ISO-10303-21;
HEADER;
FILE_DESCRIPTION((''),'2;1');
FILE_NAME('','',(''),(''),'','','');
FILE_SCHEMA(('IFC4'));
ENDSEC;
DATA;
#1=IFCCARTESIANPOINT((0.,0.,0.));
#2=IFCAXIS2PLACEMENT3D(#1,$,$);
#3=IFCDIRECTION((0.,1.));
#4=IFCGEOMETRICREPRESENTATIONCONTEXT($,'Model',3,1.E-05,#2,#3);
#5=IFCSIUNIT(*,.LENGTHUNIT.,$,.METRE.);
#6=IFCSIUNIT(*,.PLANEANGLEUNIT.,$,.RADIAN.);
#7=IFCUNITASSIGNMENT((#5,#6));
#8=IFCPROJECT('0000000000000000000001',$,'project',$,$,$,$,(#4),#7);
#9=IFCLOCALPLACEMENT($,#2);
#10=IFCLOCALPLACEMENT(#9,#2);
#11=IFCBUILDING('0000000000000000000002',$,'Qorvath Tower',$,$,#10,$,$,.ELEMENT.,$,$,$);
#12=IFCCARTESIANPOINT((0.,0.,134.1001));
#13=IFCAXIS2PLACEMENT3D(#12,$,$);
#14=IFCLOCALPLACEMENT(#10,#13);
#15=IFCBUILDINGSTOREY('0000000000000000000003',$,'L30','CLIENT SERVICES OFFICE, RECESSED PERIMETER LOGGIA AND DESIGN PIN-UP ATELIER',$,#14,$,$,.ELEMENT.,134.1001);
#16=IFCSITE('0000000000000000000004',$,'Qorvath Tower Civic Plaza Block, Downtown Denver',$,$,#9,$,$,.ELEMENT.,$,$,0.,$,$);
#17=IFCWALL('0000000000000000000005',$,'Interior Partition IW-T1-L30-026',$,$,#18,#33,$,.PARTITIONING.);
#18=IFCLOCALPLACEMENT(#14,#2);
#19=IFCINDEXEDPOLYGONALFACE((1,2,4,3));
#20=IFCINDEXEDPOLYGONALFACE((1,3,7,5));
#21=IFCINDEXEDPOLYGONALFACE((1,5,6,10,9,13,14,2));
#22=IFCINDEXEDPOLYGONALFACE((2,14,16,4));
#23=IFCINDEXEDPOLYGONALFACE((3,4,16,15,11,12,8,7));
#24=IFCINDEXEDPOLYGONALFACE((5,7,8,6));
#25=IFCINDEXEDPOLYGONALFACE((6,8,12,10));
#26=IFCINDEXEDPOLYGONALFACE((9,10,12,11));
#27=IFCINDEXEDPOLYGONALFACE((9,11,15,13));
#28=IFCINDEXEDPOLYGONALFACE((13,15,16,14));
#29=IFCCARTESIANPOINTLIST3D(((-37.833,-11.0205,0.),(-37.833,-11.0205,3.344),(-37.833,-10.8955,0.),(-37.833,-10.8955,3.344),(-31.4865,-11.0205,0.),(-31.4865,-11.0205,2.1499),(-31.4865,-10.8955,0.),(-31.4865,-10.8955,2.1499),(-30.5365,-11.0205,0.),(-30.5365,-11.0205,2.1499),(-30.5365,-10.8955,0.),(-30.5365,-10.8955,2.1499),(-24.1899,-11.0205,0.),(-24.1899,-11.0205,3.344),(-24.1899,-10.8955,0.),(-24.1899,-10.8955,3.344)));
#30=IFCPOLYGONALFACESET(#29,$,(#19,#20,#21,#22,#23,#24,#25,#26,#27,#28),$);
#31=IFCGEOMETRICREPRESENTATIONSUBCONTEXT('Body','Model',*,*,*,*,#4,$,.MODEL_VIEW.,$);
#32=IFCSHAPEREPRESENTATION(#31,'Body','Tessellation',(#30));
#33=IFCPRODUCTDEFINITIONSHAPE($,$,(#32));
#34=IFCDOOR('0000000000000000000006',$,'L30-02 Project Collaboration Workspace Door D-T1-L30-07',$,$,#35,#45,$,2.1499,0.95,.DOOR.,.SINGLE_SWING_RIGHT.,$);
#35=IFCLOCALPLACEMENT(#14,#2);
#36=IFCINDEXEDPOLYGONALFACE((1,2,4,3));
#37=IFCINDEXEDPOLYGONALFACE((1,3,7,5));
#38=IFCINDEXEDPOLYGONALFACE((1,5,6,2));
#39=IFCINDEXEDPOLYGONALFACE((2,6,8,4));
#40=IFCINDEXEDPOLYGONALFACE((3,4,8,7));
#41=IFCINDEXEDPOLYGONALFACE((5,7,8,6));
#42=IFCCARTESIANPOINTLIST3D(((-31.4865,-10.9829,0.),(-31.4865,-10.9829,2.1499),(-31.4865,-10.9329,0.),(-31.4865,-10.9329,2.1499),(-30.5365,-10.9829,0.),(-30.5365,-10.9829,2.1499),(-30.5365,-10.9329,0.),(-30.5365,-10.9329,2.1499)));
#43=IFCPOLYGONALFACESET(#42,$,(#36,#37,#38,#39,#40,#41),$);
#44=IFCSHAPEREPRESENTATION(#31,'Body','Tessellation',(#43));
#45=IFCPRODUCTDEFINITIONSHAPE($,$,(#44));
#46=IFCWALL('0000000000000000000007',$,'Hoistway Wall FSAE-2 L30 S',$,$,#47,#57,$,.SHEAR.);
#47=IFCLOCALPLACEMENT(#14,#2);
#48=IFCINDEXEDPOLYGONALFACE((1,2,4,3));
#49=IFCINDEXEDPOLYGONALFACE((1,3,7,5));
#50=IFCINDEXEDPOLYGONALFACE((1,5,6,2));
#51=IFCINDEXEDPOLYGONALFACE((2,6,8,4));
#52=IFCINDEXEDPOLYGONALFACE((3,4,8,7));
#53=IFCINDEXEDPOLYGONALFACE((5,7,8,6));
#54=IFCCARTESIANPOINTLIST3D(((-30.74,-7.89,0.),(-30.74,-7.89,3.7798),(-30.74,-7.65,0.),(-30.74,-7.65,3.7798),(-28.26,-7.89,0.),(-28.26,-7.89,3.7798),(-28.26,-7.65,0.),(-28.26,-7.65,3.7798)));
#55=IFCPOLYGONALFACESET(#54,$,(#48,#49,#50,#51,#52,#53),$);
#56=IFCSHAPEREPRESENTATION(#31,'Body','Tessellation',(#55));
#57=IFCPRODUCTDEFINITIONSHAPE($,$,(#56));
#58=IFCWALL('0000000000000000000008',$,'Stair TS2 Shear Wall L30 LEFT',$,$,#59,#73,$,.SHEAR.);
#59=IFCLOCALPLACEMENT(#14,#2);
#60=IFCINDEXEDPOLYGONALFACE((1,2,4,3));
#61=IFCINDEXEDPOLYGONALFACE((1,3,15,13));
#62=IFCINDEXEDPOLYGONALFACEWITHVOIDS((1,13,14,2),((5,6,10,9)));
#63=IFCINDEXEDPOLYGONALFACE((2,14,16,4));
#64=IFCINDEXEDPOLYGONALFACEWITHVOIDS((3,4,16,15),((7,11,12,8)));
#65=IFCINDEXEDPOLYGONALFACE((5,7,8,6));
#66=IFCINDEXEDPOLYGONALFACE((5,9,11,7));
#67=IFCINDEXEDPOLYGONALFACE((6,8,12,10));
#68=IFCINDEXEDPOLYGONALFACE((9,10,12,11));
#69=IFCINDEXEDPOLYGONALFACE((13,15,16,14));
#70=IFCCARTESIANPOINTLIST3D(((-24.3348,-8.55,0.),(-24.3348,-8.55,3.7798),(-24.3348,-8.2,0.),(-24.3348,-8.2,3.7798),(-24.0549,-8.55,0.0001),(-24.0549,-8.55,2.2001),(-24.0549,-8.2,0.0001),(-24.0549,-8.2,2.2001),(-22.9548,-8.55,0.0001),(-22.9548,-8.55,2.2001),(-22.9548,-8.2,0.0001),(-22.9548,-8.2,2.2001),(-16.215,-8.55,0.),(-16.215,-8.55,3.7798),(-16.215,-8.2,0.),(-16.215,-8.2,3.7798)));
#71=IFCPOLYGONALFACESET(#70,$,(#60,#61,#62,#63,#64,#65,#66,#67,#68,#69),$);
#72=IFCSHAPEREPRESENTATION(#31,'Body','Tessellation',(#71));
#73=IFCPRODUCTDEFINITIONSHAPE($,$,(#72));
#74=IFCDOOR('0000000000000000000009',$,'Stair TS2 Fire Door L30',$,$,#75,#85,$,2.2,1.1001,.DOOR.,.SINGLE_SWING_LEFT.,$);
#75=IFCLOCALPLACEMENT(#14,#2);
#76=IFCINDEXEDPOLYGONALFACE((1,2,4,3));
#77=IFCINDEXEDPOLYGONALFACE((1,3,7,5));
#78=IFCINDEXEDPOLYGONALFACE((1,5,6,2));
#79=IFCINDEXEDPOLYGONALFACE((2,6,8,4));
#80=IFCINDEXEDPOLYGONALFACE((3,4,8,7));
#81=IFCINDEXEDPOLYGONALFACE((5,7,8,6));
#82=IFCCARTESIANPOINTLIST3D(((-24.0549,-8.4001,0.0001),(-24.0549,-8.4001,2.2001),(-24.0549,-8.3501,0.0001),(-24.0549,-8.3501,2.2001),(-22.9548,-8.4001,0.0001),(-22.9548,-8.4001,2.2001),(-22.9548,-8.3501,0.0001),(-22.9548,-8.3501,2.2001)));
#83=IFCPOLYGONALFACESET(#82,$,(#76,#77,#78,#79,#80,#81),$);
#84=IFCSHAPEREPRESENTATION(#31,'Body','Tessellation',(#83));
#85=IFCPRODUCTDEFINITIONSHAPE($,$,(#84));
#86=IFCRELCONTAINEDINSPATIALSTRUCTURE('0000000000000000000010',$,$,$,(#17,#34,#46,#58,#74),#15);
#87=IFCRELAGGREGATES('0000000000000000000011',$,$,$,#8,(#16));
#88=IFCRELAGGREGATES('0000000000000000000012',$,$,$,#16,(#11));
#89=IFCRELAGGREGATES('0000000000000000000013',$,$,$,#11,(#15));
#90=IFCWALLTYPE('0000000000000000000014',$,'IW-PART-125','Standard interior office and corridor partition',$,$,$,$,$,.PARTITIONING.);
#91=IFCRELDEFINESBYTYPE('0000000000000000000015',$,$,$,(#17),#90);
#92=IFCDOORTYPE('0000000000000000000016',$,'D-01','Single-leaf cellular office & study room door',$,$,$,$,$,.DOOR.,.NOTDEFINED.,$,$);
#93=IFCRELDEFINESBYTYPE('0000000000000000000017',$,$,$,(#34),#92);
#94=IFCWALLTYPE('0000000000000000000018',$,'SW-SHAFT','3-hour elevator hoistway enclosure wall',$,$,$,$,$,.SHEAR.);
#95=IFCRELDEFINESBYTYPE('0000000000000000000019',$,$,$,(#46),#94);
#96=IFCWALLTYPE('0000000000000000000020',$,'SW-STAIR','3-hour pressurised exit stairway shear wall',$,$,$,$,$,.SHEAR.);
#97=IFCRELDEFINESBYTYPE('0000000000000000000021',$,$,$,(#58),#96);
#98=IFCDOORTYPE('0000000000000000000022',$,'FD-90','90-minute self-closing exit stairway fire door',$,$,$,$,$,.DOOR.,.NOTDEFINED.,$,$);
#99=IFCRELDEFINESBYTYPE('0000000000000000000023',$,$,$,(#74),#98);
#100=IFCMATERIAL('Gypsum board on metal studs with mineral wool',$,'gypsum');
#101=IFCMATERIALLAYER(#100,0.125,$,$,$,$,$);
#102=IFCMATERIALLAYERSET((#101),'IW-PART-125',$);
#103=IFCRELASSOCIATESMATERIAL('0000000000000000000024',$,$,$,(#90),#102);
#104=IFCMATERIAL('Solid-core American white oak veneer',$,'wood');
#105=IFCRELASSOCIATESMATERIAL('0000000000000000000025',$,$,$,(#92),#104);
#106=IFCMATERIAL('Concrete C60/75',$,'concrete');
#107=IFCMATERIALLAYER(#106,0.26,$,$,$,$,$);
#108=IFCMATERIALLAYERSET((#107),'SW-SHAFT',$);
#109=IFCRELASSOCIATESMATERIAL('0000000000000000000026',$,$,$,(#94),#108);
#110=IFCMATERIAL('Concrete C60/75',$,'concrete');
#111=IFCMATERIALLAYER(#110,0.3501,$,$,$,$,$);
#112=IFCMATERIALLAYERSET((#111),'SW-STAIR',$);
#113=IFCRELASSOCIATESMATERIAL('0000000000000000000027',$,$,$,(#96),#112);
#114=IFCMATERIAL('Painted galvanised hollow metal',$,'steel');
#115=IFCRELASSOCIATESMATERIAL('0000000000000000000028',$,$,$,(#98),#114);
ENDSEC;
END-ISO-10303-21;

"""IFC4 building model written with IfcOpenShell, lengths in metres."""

from ifc_helpers import new_model, si_unit, direction, frame, frame_2d, origin, place, context, subcontext, project, spatial, rectangle, extrude, material, layer, layer_set, type_object, element, fill, save


model = new_model("IFC4")

# Units and contexts
model_context = context("Model", 3, precision=1e-05, world=origin(), true_north=direction((0.0, 1.0)))
body_context = subcontext(model_context, "Body", "Model", "MODEL_VIEW")
ifc_project = project(units=[si_unit("LENGTHUNIT", "METRE"), si_unit("PLANEANGLEUNIT", "RADIAN")], contexts=[model_context])

# Site, building, storey
site_placement = place(None, origin())
site = spatial("IfcSite", under=ifc_project, at=site_placement, Name="Qorvath Tower Civic Plaza Block, Downtown Denver", CompositionType="ELEMENT", RefElevation=0.0)
building_placement = place(site_placement, origin())
building = spatial("IfcBuilding", under=site, at=building_placement, Name="Qorvath Tower", CompositionType="ELEMENT")
storey_placement = place(building_placement, frame((0.0, 0.0, 134.1001)))
storey = spatial("IfcBuildingStorey", under=building, at=storey_placement, Name="L30", Description="CLIENT SERVICES OFFICE, RECESSED PERIMETER LOGGIA AND DESIGN PIN-UP ATELIER", CompositionType="ELEMENT", Elevation=134.1001)

# Wall, opening, door
ifc_material_1 = material(Name="Gypsum board on metal studs with mineral wool", Category="gypsum")
ifc_layer_1 = layer(ifc_material_1, 0.125)
ifc_layer_set_1 = layer_set([ifc_layer_1], Name="IW-PART-125")
wall_type_1 = type_object("IfcWallType", Name="IW-PART-125", Description="Standard interior office and corridor partition", PredefinedType="PARTITIONING", material=ifc_layer_set_1)
wall_1_placement = place(storey_placement, frame((-24.1899, -10.958, 0.0), z_axis=(0.0, 0.0, 1.0), x_axis=(-1.0, 0.0, 0.0)))
wall_1 = element("IfcWall", 1, at=wall_1_placement, inside=storey, type_object=wall_type_1, Name="Interior Partition IW-T1-L30-026", PredefinedType="PARTITIONING", context=body_context, shape_type="SweptSolid", body=[
    extrude(rectangle(XDim=13.6431, YDim=0.125, at=frame_2d((6.8215, 0.0))), origin(), (0.0, 0.0, 1.0), 3.344),
])
opening_1_placement = place(wall_1_placement, frame((6.3464, 0.0, 0.0)))
opening_1 = element("IfcOpeningElement", 2, at=opening_1_placement, cuts=wall_1, PredefinedType="OPENING", context=body_context, shape_type="SweptSolid", body=[
    extrude(rectangle(XDim=0.95, YDim=2.1499, at=frame_2d((0.4751, 1.075))), frame((0.0, 0.0725, 0.0), z_axis=(0.0, -1.0, 0.0), x_axis=(1.0, 0.0, 0.0)), (0.0, 0.0, 1.0), 0.145),
])
ifc_material_2 = material(Name="Solid-core American white oak veneer", Category="wood")
door_type_1 = type_object("IfcDoorType", Name="D-01", Description="Single-leaf cellular office & study room door", OperationType="NOTDEFINED", PredefinedType="DOOR", material=ifc_material_2)
door_1_placement = place(opening_1_placement, origin())
door_1 = element("IfcDoor", 3, at=door_1_placement, inside=storey, type_object=door_type_1, Name="L30-02 Project Collaboration Workspace Door D-T1-L30-07", OperationType="SINGLE_SWING_RIGHT", OverallHeight=2.1499, OverallWidth=0.95, PredefinedType="DOOR", context=body_context, shape_type="SweptSolid", body=[
    extrude(rectangle(XDim=0.95, YDim=2.1499, at=frame_2d((0.4751, 1.075))), frame((0.0, 0.0249, 0.0), z_axis=(0.0, -1.0, 0.0), x_axis=(1.0, 0.0, 0.0)), (0.0, 0.0, 1.0), 0.05),
])
fill(opening_1, door_1)

# Wall
ifc_material_3 = material(Name="Concrete C60/75", Category="concrete")
ifc_layer_2 = layer(ifc_material_3, 0.26)
ifc_layer_set_2 = layer_set([ifc_layer_2], Name="SW-SHAFT")
wall_type_2 = type_object("IfcWallType", Name="SW-SHAFT", Description="3-hour elevator hoistway enclosure wall", PredefinedType="SHEAR", material=ifc_layer_set_2)
wall_2_placement = place(storey_placement, frame((-28.26, -7.77, 0.0), z_axis=(0.0, 0.0, 1.0), x_axis=(-1.0, 0.0, 0.0)))
element("IfcWall", 4, at=wall_2_placement, inside=storey, type_object=wall_type_2, Name="Hoistway Wall FSAE-2 L30 S", PredefinedType="SHEAR", context=body_context, shape_type="SweptSolid", body=[
    extrude(rectangle(XDim=2.48, YDim=0.24, at=frame_2d((1.24, 0.0))), origin(), (0.0, 0.0, 1.0), 3.7798),
])

# Wall, opening, door
ifc_material_4 = material(Name="Concrete C60/75", Category="concrete")
ifc_layer_3 = layer(ifc_material_4, 0.3501)
ifc_layer_set_3 = layer_set([ifc_layer_3], Name="SW-STAIR")
wall_type_3 = type_object("IfcWallType", Name="SW-STAIR", Description="3-hour pressurised exit stairway shear wall", PredefinedType="SHEAR", material=ifc_layer_set_3)
wall_3_placement = place(storey_placement, frame((-24.335, -8.375, 0.0), z_axis=(0.0, 0.0, 1.0), x_axis=(1.0, 0.0, 0.0)))
wall_3 = element("IfcWall", 5, at=wall_3_placement, inside=storey, type_object=wall_type_3, Name="Stair TS2 Shear Wall L30 LEFT", PredefinedType="SHEAR", context=body_context, shape_type="SweptSolid", body=[
    extrude(rectangle(XDim=8.1199, YDim=0.3501, at=frame_2d((4.0601, 0.0))), origin(), (0.0, 0.0, 1.0), 3.7798),
])
opening_2_placement = place(wall_3_placement, frame((0.28, 0.0, 0.0)))
opening_2 = element("IfcOpeningElement", 6, at=opening_2_placement, cuts=wall_3, PredefinedType="OPENING", context=body_context, shape_type="SweptSolid", body=[
    extrude(rectangle(XDim=1.1001, YDim=2.2, at=frame_2d((0.55, 1.1001))), frame((0.0, 0.1851, 0.0), z_axis=(0.0, -1.0, 0.0), x_axis=(1.0, 0.0, 0.0)), (0.0, 0.0, 1.0), 0.3701),
])
ifc_material_5 = material(Name="Painted galvanised hollow metal", Category="steel")
door_type_2 = type_object("IfcDoorType", Name="FD-90", Description="90-minute self-closing exit stairway fire door", OperationType="NOTDEFINED", PredefinedType="DOOR", material=ifc_material_5)
door_2_placement = place(opening_2_placement, origin())
door_2 = element("IfcDoor", 7, at=door_2_placement, inside=storey, type_object=door_type_2, Name="Stair TS2 Fire Door L30", OperationType="SINGLE_SWING_LEFT", OverallHeight=2.2, OverallWidth=1.1001, PredefinedType="DOOR", context=body_context, shape_type="SweptSolid", body=[
    extrude(rectangle(XDim=1.1001, YDim=2.2, at=frame_2d((0.55, 1.1001))), frame((0.0, 0.0249, 0.0), z_axis=(0.0, -1.0, 0.0), x_axis=(1.0, 0.0, 0.0)), (0.0, 0.0, 1.0), 0.05),
])
fill(opening_2, door_2)

save(model, "model.ifc")
